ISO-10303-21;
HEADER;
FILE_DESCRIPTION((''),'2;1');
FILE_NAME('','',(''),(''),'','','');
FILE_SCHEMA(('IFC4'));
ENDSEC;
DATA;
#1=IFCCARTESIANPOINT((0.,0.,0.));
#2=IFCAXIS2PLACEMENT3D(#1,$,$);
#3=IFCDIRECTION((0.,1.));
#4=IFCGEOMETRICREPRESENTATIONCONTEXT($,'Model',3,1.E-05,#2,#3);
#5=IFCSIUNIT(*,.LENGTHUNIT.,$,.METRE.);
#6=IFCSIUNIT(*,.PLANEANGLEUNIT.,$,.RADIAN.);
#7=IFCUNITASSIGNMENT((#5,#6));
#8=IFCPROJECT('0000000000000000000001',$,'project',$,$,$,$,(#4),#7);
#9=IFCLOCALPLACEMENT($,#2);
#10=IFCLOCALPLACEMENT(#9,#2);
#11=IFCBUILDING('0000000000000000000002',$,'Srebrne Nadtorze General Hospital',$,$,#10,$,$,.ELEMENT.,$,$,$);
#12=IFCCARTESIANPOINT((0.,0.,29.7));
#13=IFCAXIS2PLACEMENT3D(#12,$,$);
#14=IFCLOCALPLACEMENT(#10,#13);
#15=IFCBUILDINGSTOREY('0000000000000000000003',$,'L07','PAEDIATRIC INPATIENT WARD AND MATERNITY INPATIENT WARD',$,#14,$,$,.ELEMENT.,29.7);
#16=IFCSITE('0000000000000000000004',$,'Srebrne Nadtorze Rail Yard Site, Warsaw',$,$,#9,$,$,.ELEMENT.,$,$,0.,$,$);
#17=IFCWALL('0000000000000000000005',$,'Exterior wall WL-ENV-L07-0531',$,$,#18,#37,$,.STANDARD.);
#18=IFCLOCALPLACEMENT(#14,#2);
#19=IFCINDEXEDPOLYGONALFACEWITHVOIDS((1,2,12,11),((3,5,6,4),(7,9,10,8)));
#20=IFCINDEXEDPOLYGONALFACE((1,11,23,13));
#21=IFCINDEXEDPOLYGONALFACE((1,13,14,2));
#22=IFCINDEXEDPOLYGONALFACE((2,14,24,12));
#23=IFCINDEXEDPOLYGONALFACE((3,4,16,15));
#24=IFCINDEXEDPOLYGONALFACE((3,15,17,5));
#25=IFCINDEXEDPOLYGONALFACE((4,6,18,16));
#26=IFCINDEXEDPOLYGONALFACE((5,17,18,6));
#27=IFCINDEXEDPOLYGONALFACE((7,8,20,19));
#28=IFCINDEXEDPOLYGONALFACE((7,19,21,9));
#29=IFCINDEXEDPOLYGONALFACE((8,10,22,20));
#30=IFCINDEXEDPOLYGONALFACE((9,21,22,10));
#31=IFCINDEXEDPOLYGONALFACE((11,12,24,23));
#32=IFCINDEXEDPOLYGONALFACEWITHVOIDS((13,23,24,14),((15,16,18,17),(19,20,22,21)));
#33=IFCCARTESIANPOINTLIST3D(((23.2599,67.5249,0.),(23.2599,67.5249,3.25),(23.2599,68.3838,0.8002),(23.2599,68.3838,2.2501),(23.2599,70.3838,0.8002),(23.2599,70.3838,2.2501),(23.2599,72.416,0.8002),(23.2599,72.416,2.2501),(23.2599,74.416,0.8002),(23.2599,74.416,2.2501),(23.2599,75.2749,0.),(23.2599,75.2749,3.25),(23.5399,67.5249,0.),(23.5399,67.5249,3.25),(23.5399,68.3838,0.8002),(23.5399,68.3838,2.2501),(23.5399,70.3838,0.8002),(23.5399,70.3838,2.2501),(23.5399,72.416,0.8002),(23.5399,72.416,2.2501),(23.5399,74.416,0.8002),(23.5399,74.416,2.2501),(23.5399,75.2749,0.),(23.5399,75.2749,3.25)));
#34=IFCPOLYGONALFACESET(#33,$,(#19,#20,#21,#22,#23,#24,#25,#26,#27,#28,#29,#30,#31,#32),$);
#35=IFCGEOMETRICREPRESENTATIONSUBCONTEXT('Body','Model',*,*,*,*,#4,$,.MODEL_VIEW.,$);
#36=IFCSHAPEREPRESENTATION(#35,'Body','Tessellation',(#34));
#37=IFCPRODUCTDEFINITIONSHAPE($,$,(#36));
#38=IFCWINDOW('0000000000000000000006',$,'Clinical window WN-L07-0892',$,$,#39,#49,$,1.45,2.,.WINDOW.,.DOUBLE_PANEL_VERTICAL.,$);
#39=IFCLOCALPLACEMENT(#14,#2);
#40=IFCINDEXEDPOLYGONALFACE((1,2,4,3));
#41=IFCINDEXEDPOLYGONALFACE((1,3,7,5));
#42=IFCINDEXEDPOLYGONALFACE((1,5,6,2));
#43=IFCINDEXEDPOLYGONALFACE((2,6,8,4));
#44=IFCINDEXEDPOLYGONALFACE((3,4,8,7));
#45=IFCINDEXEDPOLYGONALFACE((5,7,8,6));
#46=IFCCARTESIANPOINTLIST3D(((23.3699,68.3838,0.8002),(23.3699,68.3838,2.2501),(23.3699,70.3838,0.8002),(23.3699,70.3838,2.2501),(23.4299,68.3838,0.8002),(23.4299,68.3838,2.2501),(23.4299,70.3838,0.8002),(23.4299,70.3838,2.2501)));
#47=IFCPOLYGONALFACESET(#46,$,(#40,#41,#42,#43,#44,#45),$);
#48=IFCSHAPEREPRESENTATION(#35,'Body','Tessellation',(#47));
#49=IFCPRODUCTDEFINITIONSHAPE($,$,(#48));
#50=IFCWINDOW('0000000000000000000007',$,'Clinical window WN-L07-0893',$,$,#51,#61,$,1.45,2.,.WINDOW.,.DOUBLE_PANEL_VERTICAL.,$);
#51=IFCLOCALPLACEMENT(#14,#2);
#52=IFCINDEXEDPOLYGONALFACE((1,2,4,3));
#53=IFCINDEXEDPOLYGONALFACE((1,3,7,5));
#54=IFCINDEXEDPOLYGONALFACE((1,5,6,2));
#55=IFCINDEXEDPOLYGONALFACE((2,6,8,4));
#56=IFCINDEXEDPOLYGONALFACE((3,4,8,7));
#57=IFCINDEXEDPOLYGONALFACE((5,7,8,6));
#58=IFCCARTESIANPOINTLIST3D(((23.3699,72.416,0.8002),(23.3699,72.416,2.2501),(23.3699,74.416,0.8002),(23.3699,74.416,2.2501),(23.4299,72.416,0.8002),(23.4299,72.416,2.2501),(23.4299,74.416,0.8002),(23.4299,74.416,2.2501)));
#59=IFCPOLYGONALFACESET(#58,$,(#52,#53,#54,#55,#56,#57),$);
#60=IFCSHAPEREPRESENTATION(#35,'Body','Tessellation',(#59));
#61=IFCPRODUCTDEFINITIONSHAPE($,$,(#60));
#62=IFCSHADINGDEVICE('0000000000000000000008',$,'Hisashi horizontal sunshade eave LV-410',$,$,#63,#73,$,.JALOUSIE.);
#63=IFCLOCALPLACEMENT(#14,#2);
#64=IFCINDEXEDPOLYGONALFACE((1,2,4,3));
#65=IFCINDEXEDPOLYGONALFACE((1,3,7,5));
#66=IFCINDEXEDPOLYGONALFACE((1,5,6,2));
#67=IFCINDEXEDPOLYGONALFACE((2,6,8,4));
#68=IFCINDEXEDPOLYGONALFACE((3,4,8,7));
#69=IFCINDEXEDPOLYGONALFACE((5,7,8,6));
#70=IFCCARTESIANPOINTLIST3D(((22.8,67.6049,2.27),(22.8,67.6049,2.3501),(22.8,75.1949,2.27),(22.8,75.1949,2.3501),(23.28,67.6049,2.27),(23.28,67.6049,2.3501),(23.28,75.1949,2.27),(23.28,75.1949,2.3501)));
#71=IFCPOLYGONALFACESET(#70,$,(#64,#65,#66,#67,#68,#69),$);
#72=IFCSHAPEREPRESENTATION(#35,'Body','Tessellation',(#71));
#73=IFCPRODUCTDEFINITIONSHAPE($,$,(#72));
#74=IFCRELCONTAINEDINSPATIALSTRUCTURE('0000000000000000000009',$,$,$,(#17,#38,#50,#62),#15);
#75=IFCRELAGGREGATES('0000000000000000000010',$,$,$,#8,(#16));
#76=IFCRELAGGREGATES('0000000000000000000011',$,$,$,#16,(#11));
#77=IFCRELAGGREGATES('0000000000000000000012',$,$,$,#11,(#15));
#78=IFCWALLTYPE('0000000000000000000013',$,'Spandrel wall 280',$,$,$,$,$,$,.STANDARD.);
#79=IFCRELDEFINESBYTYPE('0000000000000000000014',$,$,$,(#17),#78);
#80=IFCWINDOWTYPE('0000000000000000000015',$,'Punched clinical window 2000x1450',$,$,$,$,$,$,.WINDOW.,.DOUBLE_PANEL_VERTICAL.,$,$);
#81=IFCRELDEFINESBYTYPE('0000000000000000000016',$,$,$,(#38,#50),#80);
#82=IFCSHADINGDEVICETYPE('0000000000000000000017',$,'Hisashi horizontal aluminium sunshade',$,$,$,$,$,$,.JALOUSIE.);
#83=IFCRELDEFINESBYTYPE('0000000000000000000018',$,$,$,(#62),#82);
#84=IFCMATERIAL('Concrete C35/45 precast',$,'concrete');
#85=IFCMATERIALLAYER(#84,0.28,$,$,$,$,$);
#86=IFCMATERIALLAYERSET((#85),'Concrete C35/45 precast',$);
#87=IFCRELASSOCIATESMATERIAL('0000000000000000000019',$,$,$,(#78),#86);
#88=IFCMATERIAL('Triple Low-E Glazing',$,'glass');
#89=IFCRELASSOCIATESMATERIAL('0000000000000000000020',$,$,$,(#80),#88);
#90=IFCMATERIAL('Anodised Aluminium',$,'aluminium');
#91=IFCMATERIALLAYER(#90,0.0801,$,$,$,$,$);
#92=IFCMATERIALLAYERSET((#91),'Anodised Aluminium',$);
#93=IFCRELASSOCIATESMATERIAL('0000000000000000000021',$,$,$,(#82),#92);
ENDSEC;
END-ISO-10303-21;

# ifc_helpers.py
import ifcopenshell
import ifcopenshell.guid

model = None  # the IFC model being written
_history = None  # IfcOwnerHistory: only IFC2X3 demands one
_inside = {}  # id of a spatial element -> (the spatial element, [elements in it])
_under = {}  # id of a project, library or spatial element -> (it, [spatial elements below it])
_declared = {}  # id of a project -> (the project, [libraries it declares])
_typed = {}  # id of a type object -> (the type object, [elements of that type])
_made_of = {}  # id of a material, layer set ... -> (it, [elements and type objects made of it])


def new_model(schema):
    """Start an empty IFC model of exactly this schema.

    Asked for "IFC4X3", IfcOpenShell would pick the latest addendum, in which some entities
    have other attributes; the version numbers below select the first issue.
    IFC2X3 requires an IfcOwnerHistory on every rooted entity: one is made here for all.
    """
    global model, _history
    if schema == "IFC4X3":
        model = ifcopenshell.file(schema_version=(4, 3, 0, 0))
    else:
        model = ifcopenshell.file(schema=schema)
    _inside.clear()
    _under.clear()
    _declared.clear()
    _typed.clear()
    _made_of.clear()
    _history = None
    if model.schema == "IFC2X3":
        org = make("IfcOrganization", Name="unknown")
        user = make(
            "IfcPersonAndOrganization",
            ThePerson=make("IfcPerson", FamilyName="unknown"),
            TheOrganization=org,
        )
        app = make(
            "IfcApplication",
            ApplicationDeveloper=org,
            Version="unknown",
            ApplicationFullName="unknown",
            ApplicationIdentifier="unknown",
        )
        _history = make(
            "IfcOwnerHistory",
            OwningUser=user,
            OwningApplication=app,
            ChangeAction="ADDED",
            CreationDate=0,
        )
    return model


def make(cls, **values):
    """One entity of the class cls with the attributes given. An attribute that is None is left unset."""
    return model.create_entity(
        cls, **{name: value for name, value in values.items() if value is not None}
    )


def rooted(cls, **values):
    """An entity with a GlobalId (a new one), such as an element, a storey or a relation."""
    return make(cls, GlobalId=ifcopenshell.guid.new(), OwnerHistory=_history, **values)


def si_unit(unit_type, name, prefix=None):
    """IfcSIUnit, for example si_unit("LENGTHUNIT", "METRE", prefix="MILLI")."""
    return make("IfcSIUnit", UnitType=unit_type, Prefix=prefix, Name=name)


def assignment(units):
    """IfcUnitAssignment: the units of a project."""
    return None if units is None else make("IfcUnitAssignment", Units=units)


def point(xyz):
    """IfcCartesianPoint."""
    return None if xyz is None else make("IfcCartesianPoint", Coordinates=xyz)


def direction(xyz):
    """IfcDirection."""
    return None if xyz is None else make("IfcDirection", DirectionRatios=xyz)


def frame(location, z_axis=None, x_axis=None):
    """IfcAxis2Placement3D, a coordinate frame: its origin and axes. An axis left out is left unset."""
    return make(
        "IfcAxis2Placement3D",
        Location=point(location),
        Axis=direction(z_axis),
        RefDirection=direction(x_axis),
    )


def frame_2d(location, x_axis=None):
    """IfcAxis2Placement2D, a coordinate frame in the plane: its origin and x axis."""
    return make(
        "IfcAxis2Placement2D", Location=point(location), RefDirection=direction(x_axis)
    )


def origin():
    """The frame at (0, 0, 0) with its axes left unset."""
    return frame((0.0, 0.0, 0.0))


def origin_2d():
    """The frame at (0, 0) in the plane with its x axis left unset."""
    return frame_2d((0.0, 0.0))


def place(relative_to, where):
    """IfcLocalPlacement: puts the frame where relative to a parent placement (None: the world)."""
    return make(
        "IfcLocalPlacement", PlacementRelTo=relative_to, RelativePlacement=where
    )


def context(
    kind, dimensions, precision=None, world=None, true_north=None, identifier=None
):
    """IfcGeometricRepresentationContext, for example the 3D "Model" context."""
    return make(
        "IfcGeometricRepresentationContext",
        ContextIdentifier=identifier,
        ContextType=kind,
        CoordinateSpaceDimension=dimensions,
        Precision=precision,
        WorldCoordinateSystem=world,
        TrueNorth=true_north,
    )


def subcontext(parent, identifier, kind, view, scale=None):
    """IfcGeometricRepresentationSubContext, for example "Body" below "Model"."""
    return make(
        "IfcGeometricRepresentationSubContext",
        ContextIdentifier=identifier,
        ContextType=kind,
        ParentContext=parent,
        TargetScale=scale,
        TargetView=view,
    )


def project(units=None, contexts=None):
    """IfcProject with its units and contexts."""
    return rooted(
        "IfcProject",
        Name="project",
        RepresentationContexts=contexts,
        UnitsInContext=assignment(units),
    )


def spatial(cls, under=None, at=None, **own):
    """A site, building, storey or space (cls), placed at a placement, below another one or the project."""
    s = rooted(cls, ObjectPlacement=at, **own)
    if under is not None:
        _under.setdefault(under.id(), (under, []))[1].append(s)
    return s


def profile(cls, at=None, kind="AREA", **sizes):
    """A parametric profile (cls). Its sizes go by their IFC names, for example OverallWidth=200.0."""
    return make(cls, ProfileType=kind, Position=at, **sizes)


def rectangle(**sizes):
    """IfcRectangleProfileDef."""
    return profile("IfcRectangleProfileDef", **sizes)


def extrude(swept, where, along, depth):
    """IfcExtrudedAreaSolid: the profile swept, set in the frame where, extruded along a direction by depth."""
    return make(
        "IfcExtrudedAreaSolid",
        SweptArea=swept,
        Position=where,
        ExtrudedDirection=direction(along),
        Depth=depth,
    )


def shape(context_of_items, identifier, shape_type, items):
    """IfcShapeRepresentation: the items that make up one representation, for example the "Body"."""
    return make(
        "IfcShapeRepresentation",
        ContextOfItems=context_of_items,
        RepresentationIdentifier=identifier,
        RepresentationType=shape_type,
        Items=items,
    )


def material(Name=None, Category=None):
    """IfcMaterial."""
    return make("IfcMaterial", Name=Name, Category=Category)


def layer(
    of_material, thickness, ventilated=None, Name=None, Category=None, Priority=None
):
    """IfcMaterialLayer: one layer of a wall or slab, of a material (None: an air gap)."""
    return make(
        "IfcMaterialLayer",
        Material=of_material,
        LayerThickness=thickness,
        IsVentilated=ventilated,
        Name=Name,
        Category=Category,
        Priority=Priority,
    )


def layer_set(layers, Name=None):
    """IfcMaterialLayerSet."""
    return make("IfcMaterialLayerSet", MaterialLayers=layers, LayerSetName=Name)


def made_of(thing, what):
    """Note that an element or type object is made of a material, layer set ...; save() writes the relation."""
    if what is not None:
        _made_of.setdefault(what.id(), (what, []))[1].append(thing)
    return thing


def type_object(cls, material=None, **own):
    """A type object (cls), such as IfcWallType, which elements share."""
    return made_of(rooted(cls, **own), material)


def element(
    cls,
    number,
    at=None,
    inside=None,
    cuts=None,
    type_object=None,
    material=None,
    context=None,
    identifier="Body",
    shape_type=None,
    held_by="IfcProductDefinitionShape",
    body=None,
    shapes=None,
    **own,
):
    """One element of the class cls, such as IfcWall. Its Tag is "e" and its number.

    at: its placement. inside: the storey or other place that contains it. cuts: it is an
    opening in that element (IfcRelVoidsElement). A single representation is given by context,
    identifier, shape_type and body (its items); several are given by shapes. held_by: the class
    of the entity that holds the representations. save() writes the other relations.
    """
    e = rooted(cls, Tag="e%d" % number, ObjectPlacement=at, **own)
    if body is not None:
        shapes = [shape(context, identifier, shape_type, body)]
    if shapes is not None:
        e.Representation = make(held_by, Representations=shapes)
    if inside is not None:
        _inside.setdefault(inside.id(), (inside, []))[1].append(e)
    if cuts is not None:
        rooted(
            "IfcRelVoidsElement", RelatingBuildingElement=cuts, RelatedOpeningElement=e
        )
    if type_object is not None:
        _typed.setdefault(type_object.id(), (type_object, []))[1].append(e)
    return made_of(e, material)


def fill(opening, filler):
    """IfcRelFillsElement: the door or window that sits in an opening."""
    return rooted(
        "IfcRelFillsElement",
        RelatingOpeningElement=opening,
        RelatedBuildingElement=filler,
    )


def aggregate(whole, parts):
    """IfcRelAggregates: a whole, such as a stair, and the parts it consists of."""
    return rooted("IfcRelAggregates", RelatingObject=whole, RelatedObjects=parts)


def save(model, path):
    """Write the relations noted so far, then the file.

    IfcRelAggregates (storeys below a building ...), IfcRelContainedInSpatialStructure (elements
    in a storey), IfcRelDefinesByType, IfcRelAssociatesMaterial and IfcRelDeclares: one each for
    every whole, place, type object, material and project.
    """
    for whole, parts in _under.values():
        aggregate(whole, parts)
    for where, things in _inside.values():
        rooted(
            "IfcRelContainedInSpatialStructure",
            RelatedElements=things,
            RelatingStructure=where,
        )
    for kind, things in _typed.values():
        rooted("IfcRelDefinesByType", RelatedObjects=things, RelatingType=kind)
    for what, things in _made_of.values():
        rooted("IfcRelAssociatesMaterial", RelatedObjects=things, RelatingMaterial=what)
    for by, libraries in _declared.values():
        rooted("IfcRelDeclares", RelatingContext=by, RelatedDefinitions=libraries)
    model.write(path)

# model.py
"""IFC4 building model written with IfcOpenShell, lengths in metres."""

from ifc_helpers import new_model, si_unit, direction, frame, frame_2d, origin, origin_2d, place, context, subcontext, project, spatial, rectangle, extrude, material, layer, layer_set, type_object, element, fill, save


model = new_model("IFC4")

# Units and contexts
model_context = context("Model", 3, precision=1e-05, world=origin(), true_north=direction((0.0, 1.0)))
body_context = subcontext(model_context, "Body", "Model", "MODEL_VIEW")
ifc_project = project(units=[si_unit("LENGTHUNIT", "METRE"), si_unit("PLANEANGLEUNIT", "RADIAN")], contexts=[model_context])

# Site, building, storey
site_placement = place(None, origin())
site = spatial("IfcSite", under=ifc_project, at=site_placement, Name="Srebrne Nadtorze Rail Yard Site, Warsaw", CompositionType="ELEMENT", RefElevation=0.0)
building_placement = place(site_placement, origin())
building = spatial("IfcBuilding", under=site, at=building_placement, Name="Srebrne Nadtorze General Hospital", CompositionType="ELEMENT")
storey_placement = place(building_placement, frame((0.0, 0.0, 29.7)))
storey = spatial("IfcBuildingStorey", under=building, at=storey_placement, Name="L07", Description="PAEDIATRIC INPATIENT WARD AND MATERNITY INPATIENT WARD", CompositionType="ELEMENT", Elevation=29.7)

# Wall, openings, windows
ifc_material_1 = material(Name="Concrete C35/45 precast", Category="concrete")
ifc_layer_1 = layer(ifc_material_1, 0.28)
ifc_layer_set_1 = layer_set([ifc_layer_1], Name="Concrete C35/45 precast")
wall_type_1 = type_object("IfcWallType", Name="Spandrel wall 280", PredefinedType="STANDARD", material=ifc_layer_set_1)
wall_1_placement = place(storey_placement, frame((23.3999, 67.5249, 0.0), z_axis=(0.0, 0.0, 1.0), x_axis=(0.0, 1.0, 0.0)))
wall_1 = element("IfcWall", 1, at=wall_1_placement, inside=storey, type_object=wall_type_1, Name="Exterior wall WL-ENV-L07-0531", PredefinedType="STANDARD", context=body_context, shape_type="SweptSolid", body=[
    extrude(rectangle(XDim=7.75, YDim=0.28, at=frame_2d((3.875, 0.0))), origin(), (0.0, 0.0, 1.0), 3.25),
])
opening_1_placement = place(wall_1_placement, frame((0.8589, 0.0, 0.8)))
opening_1 = element("IfcOpeningElement", 2, at=opening_1_placement, cuts=wall_1, PredefinedType="OPENING", context=body_context, shape_type="SweptSolid", body=[
    extrude(rectangle(XDim=2.0, YDim=1.45, at=frame_2d((1.0, 0.7251))), frame((0.0, 0.1519, 0.0), z_axis=(0.0, -1.0, 0.0), x_axis=(1.0, 0.0, 0.0)), (0.0, 0.0, 1.0), 0.304),
])
opening_2_placement = place(wall_1_placement, frame((4.8911, 0.0, 0.8)))
opening_2 = element("IfcOpeningElement", 3, at=opening_2_placement, cuts=wall_1, PredefinedType="OPENING", context=body_context, shape_type="SweptSolid", body=[
    extrude(rectangle(XDim=2.0, YDim=1.45, at=frame_2d((1.0, 0.7251))), frame((0.0, 0.1519, 0.0), z_axis=(0.0, -1.0, 0.0), x_axis=(1.0, 0.0, 0.0)), (0.0, 0.0, 1.0), 0.304),
])
ifc_material_2 = material(Name="Triple Low-E Glazing", Category="glass")
window_type = type_object("IfcWindowType", Name="Punched clinical window 2000x1450", PartitioningType="DOUBLE_PANEL_VERTICAL", PredefinedType="WINDOW", material=ifc_material_2)
window_1_placement = place(opening_1_placement, origin())
window_1 = element("IfcWindow", 4, at=window_1_placement, inside=storey, type_object=window_type, Name="Clinical window WN-L07-0892", OverallHeight=1.45, OverallWidth=2.0, PartitioningType="DOUBLE_PANEL_VERTICAL", PredefinedType="WINDOW", context=body_context, shape_type="SweptSolid", body=[
    extrude(rectangle(XDim=2.0, YDim=1.45, at=frame_2d((1.0, 0.7251))), frame((0.0, 0.03, 0.0), z_axis=(0.0, -1.0, 0.0), x_axis=(1.0, 0.0, 0.0)), (0.0, 0.0, 1.0), 0.0601),
])
fill(opening_1, window_1)
window_2_placement = place(opening_2_placement, origin())
window_2 = element("IfcWindow", 5, at=window_2_placement, inside=storey, type_object=window_type, Name="Clinical window WN-L07-0893", OverallHeight=1.45, OverallWidth=2.0, PartitioningType="DOUBLE_PANEL_VERTICAL", PredefinedType="WINDOW", context=body_context, shape_type="SweptSolid", body=[
    extrude(rectangle(XDim=2.0, YDim=1.45, at=frame_2d((1.0, 0.7251))), frame((0.0, 0.03, 0.0), z_axis=(0.0, -1.0, 0.0), x_axis=(1.0, 0.0, 0.0)), (0.0, 0.0, 1.0), 0.0601),
])
fill(opening_2, window_2)

# Shading device
ifc_material_3 = material(Name="Anodised Aluminium", Category="aluminium")
ifc_layer_2 = layer(ifc_material_3, 0.0801)
ifc_layer_set_2 = layer_set([ifc_layer_2], Name="Anodised Aluminium")
shading_device_type = type_object("IfcShadingDeviceType", Name="Hisashi horizontal aluminium sunshade", PredefinedType="JALOUSIE", material=ifc_layer_set_2)
shading_device_placement = place(storey_placement, frame((23.04, 71.3999, 2.27), z_axis=(0.0, 0.0, 1.0), x_axis=(1.0, 0.0, 0.0)))
element("IfcShadingDevice", 6, at=shading_device_placement, inside=storey, type_object=shading_device_type, Name="Hisashi horizontal sunshade eave LV-410", PredefinedType="JALOUSIE", context=body_context, shape_type="SweptSolid", body=[
    extrude(rectangle(XDim=0.48, YDim=7.5901, at=origin_2d()), origin(), (0.0, 0.0, 1.0), 0.0801),
])

save(model, "model.ifc")
